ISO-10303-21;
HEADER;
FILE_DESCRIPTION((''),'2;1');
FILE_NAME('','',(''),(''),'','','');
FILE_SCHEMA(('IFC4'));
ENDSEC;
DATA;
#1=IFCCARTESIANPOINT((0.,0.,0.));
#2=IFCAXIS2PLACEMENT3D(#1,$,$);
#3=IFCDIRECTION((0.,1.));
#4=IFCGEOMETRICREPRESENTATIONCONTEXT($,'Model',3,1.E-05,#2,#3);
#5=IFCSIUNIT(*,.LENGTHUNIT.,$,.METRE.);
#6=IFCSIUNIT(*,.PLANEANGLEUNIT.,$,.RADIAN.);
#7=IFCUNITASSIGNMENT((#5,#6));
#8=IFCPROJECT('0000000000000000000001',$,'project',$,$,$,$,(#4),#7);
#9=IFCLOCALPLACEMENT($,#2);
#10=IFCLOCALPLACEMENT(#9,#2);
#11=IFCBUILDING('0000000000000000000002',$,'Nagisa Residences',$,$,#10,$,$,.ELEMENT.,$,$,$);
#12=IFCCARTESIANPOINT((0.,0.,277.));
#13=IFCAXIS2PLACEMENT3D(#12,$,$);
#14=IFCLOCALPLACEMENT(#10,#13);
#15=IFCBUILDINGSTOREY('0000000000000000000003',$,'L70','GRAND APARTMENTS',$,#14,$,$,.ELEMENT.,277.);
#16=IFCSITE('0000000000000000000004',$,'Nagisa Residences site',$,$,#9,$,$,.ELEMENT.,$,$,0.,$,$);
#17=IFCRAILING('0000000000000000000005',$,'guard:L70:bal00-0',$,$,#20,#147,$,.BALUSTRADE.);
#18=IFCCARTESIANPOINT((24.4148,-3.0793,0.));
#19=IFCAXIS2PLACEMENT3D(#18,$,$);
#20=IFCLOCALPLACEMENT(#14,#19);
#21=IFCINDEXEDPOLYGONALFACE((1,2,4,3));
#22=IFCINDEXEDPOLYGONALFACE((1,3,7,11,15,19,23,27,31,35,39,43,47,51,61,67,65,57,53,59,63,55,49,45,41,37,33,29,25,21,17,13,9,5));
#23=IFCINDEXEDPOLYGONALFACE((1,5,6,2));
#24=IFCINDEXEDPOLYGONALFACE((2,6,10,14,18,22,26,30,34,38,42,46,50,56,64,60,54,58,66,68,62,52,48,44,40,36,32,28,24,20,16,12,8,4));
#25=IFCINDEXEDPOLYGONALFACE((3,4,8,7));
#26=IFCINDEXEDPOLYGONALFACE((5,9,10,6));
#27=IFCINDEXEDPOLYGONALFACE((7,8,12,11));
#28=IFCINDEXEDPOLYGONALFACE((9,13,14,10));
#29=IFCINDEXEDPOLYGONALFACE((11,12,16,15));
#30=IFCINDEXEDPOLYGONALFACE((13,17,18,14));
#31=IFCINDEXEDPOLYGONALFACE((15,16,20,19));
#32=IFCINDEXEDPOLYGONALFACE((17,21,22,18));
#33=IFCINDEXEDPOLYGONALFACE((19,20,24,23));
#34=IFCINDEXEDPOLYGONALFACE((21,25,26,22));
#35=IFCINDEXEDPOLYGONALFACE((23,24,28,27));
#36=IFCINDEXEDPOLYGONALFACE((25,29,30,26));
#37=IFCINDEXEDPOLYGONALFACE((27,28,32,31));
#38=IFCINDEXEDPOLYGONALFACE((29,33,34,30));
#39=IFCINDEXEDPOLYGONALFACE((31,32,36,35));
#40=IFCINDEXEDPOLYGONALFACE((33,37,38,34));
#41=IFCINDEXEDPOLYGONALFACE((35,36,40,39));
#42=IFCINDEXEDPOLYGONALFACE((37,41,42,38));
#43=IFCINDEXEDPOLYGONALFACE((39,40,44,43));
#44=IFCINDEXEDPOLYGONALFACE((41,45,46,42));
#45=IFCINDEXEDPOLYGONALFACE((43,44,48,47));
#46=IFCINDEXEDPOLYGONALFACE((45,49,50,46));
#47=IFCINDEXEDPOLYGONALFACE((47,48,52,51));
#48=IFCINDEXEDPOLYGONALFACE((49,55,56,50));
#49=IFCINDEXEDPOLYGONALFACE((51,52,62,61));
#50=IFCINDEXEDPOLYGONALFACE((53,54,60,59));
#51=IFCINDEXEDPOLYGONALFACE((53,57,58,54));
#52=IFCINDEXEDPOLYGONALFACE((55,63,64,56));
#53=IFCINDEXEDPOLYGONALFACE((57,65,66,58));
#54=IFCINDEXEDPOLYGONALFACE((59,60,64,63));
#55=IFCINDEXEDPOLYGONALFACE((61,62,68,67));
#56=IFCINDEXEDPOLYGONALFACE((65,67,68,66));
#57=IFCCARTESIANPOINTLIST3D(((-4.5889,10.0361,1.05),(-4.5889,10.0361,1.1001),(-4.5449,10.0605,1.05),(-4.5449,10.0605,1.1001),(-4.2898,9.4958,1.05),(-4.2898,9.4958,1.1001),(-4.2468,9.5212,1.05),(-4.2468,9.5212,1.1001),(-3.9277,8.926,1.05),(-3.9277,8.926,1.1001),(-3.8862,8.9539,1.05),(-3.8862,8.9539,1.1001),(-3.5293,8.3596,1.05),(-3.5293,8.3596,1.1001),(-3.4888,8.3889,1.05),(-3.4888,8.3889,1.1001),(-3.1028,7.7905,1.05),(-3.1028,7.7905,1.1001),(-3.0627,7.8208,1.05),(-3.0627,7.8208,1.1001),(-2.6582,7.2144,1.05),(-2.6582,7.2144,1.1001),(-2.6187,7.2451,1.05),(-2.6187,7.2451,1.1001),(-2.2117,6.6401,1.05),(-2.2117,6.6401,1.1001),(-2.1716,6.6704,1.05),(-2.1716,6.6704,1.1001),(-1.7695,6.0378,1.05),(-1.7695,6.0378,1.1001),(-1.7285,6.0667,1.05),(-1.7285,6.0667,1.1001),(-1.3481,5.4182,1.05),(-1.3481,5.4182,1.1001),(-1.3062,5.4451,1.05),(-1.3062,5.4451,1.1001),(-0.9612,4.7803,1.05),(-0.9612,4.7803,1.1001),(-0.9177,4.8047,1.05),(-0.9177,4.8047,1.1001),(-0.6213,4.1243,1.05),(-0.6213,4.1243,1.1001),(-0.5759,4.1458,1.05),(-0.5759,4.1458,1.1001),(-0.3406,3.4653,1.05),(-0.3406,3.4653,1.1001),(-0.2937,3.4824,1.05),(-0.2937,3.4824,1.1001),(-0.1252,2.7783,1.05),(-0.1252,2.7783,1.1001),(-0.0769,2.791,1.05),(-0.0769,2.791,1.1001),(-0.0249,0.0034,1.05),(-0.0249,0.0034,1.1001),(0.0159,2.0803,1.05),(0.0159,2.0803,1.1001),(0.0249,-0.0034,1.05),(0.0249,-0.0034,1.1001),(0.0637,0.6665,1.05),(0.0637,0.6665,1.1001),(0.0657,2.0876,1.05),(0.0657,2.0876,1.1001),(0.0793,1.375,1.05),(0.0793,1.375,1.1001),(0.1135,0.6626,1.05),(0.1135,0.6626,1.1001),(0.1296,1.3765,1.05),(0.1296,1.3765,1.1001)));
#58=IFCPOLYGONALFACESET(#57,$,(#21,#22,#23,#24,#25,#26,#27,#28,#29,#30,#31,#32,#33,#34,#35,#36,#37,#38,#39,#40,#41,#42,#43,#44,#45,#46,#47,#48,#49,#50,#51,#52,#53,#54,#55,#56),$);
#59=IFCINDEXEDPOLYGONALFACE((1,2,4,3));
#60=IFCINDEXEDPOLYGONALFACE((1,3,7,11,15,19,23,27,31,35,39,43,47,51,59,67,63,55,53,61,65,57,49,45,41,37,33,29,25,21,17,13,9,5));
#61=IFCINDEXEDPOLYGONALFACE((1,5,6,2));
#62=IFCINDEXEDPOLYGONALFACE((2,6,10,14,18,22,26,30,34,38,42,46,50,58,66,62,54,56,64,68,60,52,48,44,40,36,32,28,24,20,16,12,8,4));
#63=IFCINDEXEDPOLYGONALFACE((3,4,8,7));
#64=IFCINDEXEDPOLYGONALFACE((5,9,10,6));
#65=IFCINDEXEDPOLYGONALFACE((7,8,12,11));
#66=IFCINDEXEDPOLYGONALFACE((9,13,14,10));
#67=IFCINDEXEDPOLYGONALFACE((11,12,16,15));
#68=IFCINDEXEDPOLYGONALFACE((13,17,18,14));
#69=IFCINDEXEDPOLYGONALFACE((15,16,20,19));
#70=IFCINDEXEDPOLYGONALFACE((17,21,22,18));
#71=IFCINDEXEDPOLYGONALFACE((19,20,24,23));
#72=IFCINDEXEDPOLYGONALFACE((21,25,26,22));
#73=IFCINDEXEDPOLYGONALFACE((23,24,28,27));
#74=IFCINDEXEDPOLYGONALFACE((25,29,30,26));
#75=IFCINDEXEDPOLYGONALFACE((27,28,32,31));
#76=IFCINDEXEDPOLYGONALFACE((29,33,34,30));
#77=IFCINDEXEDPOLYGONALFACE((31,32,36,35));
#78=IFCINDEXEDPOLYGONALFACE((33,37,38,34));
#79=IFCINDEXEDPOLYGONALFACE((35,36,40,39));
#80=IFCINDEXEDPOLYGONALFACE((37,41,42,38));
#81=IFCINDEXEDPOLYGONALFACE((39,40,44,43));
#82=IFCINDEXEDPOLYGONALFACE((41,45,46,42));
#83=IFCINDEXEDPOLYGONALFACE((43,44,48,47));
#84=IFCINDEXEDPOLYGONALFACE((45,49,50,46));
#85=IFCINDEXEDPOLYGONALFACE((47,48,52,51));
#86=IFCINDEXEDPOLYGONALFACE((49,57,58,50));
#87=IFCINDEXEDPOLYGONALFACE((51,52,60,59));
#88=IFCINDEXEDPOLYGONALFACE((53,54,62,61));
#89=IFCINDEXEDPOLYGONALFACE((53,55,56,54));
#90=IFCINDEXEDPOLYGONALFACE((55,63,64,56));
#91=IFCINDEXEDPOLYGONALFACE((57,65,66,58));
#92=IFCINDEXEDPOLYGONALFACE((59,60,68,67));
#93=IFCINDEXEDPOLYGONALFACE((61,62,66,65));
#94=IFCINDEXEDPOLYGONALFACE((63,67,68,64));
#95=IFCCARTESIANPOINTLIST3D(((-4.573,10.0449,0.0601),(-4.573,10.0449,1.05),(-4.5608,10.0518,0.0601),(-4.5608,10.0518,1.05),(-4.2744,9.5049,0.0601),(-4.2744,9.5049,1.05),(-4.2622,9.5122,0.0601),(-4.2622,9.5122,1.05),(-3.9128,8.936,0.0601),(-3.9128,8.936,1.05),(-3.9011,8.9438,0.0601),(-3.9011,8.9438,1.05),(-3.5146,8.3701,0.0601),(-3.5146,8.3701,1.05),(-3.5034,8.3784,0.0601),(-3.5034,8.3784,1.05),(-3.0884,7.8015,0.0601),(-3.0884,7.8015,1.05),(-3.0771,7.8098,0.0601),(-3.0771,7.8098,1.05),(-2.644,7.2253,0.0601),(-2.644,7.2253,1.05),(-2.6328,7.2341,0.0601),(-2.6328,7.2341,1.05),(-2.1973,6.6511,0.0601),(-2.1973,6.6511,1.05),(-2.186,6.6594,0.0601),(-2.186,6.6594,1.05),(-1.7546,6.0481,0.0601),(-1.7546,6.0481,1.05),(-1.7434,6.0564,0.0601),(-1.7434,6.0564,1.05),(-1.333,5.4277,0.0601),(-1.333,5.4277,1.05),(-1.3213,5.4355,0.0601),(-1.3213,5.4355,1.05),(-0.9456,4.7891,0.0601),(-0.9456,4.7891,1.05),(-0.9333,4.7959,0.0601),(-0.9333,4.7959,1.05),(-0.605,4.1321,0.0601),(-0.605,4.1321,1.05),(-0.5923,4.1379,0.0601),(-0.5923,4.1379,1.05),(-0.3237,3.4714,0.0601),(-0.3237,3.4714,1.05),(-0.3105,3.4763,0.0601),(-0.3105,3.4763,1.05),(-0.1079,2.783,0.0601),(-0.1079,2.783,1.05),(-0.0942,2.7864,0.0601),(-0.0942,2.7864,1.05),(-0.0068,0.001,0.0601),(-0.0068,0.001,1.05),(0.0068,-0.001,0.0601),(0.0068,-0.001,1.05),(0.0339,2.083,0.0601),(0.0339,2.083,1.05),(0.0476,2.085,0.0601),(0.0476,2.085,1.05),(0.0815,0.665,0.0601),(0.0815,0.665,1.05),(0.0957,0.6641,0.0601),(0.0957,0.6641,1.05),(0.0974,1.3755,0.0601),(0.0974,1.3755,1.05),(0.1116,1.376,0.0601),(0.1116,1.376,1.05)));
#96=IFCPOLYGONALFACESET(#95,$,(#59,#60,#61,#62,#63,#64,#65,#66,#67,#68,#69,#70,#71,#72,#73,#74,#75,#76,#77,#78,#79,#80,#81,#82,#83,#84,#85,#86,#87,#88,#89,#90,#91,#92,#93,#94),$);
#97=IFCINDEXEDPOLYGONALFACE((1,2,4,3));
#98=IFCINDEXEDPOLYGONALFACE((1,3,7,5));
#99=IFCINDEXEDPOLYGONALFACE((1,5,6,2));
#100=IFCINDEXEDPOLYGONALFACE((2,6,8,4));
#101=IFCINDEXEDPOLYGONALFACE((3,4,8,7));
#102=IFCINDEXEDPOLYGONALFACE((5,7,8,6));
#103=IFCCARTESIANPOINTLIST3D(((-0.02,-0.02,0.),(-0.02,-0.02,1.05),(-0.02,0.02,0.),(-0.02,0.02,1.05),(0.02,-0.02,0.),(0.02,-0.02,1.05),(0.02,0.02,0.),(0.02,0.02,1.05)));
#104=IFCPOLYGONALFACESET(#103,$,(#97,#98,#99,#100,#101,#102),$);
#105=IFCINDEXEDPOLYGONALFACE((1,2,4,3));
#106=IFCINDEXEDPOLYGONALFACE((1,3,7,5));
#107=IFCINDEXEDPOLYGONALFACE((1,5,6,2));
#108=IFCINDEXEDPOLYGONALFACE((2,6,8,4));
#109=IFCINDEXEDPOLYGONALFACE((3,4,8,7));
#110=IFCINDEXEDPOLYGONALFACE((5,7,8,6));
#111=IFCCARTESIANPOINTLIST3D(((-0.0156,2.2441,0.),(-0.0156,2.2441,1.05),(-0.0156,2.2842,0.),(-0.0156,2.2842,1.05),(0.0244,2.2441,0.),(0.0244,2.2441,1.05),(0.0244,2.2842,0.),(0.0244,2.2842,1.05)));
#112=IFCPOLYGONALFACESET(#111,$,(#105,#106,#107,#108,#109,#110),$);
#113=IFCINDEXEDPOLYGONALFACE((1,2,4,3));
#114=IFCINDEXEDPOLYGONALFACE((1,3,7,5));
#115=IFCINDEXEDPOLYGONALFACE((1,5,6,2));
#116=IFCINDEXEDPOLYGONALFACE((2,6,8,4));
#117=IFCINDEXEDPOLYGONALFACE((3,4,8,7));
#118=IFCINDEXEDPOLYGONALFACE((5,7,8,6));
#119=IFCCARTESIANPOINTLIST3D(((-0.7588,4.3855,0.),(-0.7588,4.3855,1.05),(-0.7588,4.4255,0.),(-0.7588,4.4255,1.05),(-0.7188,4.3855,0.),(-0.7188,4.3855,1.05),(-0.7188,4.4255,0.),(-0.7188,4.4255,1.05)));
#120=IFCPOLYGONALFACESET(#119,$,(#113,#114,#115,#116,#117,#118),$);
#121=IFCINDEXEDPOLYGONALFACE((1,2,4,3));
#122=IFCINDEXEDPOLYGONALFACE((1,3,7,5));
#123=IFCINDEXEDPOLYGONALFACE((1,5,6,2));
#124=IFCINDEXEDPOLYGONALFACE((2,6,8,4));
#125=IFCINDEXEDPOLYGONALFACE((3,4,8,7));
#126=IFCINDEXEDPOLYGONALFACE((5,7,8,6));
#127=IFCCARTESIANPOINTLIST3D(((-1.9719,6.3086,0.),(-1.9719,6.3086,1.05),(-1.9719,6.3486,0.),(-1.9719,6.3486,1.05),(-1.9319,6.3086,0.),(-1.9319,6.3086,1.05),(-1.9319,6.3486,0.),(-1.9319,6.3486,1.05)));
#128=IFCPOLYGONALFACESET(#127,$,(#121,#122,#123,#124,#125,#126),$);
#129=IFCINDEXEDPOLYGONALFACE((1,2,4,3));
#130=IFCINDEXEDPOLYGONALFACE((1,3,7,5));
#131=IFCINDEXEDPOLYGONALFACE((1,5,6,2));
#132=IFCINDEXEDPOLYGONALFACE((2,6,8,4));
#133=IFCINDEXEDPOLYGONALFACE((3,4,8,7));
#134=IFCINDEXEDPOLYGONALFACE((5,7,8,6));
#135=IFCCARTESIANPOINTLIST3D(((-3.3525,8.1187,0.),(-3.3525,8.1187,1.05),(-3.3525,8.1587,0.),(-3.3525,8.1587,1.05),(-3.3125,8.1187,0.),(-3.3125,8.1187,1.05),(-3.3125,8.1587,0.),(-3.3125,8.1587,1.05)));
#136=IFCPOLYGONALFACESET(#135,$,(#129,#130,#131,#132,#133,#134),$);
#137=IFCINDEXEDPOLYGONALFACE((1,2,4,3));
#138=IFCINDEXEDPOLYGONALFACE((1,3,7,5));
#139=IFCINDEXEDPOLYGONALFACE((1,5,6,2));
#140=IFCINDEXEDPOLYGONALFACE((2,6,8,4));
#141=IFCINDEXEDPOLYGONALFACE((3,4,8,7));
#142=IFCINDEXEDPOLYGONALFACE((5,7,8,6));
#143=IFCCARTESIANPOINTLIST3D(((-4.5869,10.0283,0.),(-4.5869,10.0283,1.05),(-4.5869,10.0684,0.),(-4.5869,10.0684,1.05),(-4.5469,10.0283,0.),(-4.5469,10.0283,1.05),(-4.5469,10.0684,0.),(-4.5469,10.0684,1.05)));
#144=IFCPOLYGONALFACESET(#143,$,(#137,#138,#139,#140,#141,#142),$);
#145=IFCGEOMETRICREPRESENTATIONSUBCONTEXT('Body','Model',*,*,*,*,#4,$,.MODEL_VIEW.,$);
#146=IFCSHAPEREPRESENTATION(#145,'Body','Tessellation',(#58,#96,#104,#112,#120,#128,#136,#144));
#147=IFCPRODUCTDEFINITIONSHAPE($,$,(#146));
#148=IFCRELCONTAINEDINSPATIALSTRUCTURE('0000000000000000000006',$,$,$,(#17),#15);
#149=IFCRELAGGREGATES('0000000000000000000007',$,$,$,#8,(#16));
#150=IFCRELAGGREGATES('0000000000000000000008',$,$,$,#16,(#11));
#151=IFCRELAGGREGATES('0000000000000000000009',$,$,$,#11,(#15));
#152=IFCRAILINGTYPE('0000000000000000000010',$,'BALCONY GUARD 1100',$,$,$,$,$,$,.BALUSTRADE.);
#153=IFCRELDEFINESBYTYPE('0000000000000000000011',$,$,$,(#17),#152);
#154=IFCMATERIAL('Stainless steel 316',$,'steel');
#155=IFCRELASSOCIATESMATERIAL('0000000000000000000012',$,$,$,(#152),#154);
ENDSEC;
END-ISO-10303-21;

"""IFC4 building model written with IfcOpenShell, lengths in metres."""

from ifc_helpers import new_model, si_unit, direction, frame, origin, origin_2d, place, context, subcontext, project, spatial, polyline, rectangle, outline, extrude, material, type_object, element, save


model = new_model("IFC4")

# Units and contexts
model_context = context("Model", 3, precision=1e-05, world=origin(), true_north=direction((0.0, 1.0)))
body_context = subcontext(model_context, "Body", "Model", "MODEL_VIEW")
ifc_project = project(units=[si_unit("LENGTHUNIT", "METRE"), si_unit("PLANEANGLEUNIT", "RADIAN")], contexts=[model_context])

# Site, building, storey
site_placement = place(None, origin())
site = spatial("IfcSite", under=ifc_project, at=site_placement, Name="Nagisa Residences site", CompositionType="ELEMENT", RefElevation=0.0)
building_placement = place(site_placement, origin())
building = spatial("IfcBuilding", under=site, at=building_placement, Name="Nagisa Residences", CompositionType="ELEMENT")
storey_placement = place(building_placement, frame((0.0, 0.0, 277.0)))
storey = spatial("IfcBuildingStorey", under=building, at=storey_placement, Name="L70", Description="GRAND APARTMENTS", CompositionType="ELEMENT", Elevation=277.0)

# Railing
ifc_material_1 = material(Name="Stainless steel 316", Category="steel")
railing_type = type_object("IfcRailingType", Name="BALCONY GUARD 1100", PredefinedType="BALUSTRADE", material=ifc_material_1)
railing_placement = place(storey_placement, frame((24.4148, -3.0793, 0.0)))
element("IfcRailing", 1, at=railing_placement, inside=storey, type_object=railing_type, Name="guard:L70:bal00-0", PredefinedType="BALUSTRADE", context=body_context, shape_type="SweptSolid", body=[
    extrude(outline(polyline([(0.0637, 0.6665), (-0.0249, 0.0034), (0.0249, -0.0034), (0.1135, 0.6626), (0.1296, 1.3765), (0.0657, 2.0876), (-0.0769, 2.791), (-0.2937, 3.4824), (-0.5759, 4.1458), (-0.9177, 4.8047), (-1.3062, 5.4451), (-1.7285, 6.0667), (-2.1716, 6.6704), (-2.6187, 7.2451), (-3.0627, 7.8208), (-3.4888, 8.3889), (-3.8862, 8.9539), (-4.2468, 9.5212), (-4.5449, 10.0605), (-4.5889, 10.0361), (-4.2898, 9.4958), (-3.9277, 8.926), (-3.5293, 8.3596), (-3.1028, 7.7905), (-2.6582, 7.2144), (-2.2117, 6.6401), (-1.7695, 6.0378), (-1.3481, 5.4182), (-0.9612, 4.7803), (-0.6213, 4.1243), (-0.3406, 3.4653), (-0.1252, 2.7783), (0.0159, 2.0803), (0.0793, 1.375), (0.0637, 0.6665)])), frame((0.0, 0.0, 1.05)), (0.0, 0.0, 1.0), 0.05),
    extrude(outline(polyline([(0.0815, 0.665), (-0.0068, 0.001), (0.0068, -0.001), (0.0957, 0.6641), (0.1116, 1.376), (0.0476, 2.085), (-0.0942, 2.7864), (-0.3105, 3.4763), (-0.5923, 4.1379), (-0.9333, 4.7959), (-1.3213, 5.4355), (-1.7434, 6.0564), (-2.186, 6.6594), (-2.6328, 7.2341), (-3.0771, 7.8098), (-3.5034, 8.3784), (-3.9011, 8.9438), (-4.2622, 9.5122), (-4.5608, 10.0518), (-4.573, 10.0449), (-4.2744, 9.5049), (-3.9128, 8.936), (-3.5146, 8.3701), (-3.0884, 7.8015), (-2.644, 7.2253), (-2.1973, 6.6511), (-1.7546, 6.0481), (-1.333, 5.4277), (-0.9456, 4.7891), (-0.605, 4.1321), (-0.3237, 3.4714), (-0.1079, 2.783), (0.0339, 2.083), (0.0974, 1.3755), (0.0815, 0.665)])), frame((0.0, 0.0, 0.0601)), (0.0, 0.0, 1.0), 0.99),
    extrude(rectangle(XDim=0.04, YDim=0.04, at=origin_2d()), origin(), (0.0, 0.0, 1.0), 1.05),
    extrude(rectangle(XDim=0.04, YDim=0.04, at=origin_2d()), frame((0.0044, 2.2642, 0.0)), (0.0, 0.0, 1.0), 1.05),
    extrude(rectangle(XDim=0.04, YDim=0.04, at=origin_2d()), frame((-0.7388, 4.4055, 0.0)), (0.0, 0.0, 1.0), 1.05),
    extrude(rectangle(XDim=0.04, YDim=0.04, at=origin_2d()), frame((-1.9519, 6.3286, 0.0)), (0.0, 0.0, 1.0), 1.05),
    extrude(rectangle(XDim=0.04, YDim=0.04, at=origin_2d()), frame((-3.3325, 8.1387, 0.0)), (0.0, 0.0, 1.0), 1.05),
    extrude(rectangle(XDim=0.04, YDim=0.04, at=origin_2d()), frame((-4.5669, 10.0483, 0.0)), (0.0, 0.0, 1.0), 1.05),
])

save(model, "model.ifc")
